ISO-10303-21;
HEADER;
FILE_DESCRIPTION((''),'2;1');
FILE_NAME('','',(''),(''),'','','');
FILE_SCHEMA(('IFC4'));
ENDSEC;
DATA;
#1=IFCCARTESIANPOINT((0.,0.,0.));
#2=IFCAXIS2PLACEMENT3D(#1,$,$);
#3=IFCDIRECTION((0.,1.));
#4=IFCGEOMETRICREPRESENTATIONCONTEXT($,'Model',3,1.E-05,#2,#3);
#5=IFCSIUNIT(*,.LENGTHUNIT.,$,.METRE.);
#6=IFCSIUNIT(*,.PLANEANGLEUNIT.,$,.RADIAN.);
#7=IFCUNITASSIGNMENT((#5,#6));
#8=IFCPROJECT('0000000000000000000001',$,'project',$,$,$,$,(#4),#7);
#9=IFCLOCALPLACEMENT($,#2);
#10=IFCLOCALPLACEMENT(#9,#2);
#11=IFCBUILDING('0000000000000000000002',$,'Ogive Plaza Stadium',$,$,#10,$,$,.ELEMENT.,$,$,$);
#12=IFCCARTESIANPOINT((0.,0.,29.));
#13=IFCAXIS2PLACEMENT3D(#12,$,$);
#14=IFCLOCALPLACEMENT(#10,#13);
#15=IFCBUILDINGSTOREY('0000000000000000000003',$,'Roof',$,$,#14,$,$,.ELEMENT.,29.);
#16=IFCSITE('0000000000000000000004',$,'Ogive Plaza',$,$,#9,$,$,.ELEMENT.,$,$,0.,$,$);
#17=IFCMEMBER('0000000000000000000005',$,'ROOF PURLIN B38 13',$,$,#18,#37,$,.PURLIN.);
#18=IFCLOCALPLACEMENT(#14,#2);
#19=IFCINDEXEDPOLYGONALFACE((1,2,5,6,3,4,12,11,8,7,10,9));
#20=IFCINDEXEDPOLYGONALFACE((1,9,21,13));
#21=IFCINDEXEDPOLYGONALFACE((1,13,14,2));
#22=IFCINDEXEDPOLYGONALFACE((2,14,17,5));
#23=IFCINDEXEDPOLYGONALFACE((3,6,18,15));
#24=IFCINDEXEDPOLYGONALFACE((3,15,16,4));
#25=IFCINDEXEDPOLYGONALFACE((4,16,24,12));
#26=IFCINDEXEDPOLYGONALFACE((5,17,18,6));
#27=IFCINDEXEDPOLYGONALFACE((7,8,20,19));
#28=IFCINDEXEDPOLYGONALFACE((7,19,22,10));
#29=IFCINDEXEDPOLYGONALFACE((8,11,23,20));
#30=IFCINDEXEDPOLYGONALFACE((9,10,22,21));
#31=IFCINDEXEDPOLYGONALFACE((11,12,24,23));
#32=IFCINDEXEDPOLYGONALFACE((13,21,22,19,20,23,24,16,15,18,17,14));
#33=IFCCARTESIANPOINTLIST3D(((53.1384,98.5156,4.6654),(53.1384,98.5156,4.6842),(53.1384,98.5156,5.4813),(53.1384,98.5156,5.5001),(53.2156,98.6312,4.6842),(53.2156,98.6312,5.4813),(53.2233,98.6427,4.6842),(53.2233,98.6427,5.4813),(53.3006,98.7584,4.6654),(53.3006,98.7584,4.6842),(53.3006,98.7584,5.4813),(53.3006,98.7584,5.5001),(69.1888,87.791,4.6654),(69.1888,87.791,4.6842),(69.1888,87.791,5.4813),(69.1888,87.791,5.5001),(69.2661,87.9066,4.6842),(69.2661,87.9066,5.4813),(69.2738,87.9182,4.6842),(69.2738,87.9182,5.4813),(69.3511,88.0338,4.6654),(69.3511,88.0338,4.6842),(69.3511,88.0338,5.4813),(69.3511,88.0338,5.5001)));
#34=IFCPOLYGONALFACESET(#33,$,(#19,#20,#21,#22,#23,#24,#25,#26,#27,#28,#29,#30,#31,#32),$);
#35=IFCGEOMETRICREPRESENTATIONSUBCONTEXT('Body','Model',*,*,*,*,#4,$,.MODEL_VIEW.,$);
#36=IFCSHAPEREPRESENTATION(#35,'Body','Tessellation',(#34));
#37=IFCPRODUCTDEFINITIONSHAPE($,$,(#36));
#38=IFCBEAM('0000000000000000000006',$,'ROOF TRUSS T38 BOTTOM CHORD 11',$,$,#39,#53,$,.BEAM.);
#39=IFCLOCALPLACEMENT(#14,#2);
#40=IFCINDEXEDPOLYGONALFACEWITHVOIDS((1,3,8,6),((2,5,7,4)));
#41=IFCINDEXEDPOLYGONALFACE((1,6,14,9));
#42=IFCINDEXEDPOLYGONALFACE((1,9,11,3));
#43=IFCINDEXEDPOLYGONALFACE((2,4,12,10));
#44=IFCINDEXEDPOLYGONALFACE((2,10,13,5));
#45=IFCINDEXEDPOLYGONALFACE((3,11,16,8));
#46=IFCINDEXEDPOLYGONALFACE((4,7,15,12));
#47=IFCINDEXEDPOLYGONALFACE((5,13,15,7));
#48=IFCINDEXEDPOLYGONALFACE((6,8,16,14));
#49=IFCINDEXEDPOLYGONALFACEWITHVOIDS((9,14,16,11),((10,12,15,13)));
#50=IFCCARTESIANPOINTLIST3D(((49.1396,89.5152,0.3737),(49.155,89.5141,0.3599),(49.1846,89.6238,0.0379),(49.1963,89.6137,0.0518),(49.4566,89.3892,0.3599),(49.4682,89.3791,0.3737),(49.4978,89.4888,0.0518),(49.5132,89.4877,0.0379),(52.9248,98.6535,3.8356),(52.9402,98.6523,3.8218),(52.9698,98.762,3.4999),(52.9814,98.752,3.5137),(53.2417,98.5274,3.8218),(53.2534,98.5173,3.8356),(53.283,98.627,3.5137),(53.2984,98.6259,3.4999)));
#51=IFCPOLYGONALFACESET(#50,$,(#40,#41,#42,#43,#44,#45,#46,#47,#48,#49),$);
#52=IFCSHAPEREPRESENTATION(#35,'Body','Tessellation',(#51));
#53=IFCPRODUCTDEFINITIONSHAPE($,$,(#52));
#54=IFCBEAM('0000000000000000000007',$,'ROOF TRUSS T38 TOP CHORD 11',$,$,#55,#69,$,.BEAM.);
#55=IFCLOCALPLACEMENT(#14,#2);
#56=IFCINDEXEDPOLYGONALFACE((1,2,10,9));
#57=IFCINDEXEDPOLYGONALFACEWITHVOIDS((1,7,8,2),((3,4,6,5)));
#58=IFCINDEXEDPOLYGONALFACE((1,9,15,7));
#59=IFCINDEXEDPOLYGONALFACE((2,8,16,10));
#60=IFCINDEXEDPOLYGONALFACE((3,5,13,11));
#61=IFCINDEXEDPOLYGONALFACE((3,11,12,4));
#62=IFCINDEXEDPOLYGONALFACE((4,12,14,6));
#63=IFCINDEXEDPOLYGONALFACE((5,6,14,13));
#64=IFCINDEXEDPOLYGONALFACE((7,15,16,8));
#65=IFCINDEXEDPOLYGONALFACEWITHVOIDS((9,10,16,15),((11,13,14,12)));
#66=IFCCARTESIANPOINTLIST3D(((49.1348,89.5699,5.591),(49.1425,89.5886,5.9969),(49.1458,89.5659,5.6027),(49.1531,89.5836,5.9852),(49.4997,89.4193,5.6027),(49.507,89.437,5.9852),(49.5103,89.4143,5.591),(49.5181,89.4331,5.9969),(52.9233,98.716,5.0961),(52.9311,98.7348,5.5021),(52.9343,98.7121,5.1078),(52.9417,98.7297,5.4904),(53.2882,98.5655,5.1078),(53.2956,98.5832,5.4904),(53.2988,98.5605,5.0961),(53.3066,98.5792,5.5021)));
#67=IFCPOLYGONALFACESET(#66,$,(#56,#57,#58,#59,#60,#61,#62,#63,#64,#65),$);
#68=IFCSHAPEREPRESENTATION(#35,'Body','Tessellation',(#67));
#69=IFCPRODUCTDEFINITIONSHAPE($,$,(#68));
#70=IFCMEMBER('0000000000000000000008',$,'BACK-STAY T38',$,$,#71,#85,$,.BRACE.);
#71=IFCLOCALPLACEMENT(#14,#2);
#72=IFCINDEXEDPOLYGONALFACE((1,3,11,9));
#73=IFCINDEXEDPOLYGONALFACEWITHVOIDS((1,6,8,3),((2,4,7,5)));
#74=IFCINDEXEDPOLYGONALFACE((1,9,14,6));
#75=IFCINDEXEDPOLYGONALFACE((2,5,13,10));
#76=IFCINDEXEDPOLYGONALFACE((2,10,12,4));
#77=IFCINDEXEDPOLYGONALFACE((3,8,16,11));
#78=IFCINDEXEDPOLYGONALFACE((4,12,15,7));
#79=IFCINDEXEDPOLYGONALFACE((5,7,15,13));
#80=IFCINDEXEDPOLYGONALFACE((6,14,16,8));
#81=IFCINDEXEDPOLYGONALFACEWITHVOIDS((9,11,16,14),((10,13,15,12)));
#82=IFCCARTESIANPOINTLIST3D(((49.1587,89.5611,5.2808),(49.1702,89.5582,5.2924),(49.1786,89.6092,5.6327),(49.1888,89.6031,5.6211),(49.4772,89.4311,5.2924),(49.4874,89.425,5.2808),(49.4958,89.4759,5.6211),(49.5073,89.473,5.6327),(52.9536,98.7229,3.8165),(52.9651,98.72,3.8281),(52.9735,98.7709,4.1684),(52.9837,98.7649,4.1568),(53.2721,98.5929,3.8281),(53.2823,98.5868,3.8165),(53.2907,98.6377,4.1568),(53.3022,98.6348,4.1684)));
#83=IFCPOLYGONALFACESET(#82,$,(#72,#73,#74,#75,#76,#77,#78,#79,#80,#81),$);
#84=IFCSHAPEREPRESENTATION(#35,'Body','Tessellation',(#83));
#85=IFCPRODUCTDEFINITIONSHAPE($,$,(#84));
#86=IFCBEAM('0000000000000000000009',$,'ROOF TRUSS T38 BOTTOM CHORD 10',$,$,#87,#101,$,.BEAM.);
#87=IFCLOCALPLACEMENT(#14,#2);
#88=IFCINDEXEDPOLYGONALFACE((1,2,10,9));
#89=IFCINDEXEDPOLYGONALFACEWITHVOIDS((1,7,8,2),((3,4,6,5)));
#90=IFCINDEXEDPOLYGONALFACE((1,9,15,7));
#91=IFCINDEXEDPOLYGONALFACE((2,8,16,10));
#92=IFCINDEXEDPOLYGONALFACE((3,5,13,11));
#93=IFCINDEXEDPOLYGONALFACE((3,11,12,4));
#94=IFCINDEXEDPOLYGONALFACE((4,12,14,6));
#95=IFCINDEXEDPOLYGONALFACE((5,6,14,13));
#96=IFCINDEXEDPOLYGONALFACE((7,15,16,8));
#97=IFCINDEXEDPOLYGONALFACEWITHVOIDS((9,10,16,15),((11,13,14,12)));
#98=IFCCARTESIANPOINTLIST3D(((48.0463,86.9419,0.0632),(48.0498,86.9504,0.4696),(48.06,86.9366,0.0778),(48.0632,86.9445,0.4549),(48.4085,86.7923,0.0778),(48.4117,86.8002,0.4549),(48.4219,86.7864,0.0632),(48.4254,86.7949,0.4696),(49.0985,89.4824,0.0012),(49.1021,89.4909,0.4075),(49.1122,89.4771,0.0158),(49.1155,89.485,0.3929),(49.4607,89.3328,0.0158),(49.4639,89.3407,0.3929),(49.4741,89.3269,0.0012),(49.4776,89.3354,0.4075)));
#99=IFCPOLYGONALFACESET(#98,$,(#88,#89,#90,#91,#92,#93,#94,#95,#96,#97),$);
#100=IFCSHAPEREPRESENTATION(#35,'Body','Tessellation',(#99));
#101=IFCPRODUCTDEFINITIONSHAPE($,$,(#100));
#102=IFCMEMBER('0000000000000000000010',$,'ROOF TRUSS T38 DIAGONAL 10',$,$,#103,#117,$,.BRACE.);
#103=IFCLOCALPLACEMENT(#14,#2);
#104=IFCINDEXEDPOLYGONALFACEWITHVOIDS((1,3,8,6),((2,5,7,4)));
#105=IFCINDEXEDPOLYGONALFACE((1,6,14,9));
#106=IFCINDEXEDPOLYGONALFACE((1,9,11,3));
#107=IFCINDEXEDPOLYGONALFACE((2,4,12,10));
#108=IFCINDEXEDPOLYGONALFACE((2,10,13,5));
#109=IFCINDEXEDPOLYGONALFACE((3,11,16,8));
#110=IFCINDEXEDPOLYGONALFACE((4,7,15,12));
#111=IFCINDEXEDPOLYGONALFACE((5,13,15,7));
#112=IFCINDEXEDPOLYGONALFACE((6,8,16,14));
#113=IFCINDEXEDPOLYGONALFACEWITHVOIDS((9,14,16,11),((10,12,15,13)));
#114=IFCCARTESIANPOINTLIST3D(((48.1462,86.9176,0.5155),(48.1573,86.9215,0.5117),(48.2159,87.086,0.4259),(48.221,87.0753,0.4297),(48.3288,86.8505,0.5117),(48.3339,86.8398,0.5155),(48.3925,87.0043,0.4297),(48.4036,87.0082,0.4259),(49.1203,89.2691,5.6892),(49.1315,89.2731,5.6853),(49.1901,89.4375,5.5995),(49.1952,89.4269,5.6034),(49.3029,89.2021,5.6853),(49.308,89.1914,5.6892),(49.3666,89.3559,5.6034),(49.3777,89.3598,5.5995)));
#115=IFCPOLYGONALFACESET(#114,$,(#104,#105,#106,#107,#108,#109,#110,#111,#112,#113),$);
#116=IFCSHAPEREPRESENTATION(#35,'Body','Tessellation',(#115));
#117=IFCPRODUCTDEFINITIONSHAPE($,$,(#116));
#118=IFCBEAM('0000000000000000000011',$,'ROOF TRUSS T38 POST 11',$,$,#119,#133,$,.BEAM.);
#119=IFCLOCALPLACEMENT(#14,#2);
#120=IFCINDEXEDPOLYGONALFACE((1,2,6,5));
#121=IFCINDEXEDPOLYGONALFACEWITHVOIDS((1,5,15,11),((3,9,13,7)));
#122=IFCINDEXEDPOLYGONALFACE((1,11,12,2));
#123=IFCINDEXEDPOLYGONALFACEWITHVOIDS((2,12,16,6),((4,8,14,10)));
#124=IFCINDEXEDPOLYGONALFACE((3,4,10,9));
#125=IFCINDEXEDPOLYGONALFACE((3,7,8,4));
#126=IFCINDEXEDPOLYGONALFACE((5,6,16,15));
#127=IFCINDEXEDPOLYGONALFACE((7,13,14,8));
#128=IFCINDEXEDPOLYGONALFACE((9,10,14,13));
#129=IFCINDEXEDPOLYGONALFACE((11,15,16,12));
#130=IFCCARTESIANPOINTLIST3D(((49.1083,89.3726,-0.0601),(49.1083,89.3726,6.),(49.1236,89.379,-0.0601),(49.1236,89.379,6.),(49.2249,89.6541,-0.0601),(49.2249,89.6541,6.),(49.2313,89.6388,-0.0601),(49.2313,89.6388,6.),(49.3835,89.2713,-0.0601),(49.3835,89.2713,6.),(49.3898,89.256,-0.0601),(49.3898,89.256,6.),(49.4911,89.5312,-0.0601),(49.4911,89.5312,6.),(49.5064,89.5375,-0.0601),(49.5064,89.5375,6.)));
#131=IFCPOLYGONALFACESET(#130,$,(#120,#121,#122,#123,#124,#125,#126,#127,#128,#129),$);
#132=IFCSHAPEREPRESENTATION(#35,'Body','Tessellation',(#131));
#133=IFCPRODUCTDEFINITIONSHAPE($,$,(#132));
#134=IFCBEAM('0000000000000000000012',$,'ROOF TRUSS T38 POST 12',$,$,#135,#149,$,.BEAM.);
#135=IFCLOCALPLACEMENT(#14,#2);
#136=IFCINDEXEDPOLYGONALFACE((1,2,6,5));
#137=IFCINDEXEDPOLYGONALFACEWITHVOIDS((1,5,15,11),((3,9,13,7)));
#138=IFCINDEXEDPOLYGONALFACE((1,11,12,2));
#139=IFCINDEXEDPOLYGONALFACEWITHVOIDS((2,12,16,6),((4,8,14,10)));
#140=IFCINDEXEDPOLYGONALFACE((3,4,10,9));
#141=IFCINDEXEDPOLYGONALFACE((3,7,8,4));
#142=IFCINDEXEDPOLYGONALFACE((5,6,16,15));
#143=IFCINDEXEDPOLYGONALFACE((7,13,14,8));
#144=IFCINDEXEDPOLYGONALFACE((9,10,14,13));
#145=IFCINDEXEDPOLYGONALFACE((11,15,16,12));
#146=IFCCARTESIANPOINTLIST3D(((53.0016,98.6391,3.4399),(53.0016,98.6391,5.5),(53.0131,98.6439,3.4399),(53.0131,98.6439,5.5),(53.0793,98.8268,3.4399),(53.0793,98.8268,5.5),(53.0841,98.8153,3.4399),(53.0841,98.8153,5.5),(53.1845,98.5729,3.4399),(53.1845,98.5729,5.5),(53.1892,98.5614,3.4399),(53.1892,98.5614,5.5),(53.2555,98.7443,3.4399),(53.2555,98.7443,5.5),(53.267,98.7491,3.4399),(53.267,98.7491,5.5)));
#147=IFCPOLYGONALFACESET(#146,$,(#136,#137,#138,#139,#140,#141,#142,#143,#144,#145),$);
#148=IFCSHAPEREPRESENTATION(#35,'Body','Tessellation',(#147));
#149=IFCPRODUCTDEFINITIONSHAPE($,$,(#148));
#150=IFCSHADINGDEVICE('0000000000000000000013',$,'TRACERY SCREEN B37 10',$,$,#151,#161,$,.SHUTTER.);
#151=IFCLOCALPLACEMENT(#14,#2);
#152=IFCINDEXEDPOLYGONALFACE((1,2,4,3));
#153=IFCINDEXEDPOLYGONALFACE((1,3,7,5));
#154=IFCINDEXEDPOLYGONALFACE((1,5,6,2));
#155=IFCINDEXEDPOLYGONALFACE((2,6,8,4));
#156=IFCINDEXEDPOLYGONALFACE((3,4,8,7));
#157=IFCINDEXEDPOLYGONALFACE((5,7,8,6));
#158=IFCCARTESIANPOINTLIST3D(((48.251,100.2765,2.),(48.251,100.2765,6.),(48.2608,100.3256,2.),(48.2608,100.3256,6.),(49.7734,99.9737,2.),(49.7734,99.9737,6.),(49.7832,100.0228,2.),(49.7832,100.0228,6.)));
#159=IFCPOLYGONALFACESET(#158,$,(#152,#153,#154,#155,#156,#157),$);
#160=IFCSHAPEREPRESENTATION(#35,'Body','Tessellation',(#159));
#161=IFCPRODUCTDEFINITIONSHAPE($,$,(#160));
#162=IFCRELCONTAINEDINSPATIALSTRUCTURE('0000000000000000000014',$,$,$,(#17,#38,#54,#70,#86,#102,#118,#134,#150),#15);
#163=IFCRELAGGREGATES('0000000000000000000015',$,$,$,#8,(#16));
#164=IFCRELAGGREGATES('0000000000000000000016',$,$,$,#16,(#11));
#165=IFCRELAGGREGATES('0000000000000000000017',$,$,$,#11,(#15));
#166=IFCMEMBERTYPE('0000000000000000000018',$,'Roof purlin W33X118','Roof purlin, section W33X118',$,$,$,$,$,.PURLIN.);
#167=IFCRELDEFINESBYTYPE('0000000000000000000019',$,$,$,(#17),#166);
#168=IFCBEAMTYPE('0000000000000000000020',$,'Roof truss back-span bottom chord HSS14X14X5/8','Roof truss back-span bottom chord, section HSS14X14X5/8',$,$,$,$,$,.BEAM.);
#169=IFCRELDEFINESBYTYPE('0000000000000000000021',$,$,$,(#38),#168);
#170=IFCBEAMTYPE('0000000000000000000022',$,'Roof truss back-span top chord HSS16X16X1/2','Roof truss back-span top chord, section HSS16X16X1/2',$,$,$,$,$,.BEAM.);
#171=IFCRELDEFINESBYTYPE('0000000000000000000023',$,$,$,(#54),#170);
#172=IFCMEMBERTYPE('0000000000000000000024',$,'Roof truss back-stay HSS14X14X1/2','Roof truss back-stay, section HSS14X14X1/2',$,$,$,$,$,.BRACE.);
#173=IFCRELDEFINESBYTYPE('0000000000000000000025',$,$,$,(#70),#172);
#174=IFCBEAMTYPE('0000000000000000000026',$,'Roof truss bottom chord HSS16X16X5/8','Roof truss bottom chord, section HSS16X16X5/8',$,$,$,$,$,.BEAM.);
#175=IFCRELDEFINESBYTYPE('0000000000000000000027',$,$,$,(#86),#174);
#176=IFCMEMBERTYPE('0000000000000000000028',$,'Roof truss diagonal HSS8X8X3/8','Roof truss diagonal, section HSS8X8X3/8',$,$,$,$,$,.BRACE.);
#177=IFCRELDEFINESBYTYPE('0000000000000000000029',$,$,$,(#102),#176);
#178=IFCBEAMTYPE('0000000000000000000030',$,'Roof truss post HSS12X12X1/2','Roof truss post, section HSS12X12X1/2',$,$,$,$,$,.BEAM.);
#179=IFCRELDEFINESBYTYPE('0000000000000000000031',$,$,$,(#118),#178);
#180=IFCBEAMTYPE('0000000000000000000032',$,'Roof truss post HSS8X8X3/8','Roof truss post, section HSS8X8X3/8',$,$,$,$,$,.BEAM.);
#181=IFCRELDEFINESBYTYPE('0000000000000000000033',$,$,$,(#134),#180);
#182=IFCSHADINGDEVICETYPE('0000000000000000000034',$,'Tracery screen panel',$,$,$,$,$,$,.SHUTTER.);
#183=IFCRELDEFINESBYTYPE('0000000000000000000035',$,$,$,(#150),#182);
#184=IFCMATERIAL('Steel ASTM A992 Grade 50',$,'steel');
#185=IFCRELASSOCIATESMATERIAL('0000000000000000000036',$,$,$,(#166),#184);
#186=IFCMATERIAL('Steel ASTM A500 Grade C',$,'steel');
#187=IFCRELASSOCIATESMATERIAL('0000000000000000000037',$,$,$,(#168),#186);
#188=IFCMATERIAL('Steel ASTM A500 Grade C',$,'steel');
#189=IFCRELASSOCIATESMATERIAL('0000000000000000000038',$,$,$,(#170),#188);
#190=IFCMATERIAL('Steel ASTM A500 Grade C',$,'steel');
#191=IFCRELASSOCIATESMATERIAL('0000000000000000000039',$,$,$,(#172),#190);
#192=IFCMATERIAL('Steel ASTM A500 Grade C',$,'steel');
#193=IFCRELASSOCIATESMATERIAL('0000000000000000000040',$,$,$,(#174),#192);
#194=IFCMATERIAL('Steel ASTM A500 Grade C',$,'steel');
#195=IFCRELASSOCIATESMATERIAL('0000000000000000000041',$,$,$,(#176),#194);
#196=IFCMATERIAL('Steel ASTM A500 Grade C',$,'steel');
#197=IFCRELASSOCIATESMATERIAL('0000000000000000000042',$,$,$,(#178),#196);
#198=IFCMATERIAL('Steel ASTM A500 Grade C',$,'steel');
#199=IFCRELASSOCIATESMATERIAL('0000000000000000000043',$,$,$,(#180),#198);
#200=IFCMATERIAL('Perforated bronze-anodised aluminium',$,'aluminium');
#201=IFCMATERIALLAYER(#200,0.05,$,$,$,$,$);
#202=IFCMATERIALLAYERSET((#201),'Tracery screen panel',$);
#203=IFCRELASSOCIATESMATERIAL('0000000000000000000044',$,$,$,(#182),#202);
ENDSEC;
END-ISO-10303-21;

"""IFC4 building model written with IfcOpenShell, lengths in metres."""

from ifc_helpers import new_model, si_unit, direction, frame, origin, origin_2d, place, context, subcontext, project, spatial, rectangle, hollow_rectangle, i_section, extrude, material, layer, layer_set, material_profile, profile_set, type_object, element, save


model = new_model("IFC4")

# Units and contexts
model_context = context("Model", 3, precision=1e-05, world=origin(), true_north=direction((0.0, 1.0)))
body_context = subcontext(model_context, "Body", "Model", "MODEL_VIEW")
ifc_project = project(units=[si_unit("LENGTHUNIT", "METRE"), si_unit("PLANEANGLEUNIT", "RADIAN")], contexts=[model_context])

# Site, building, storey
site_placement = place(None, origin())
site = spatial("IfcSite", under=ifc_project, at=site_placement, Name="Ogive Plaza", CompositionType="ELEMENT", RefElevation=0.0)
building_placement = place(site_placement, origin())
building = spatial("IfcBuilding", under=site, at=building_placement, Name="Ogive Plaza Stadium", CompositionType="ELEMENT")
storey_placement = place(building_placement, frame((0.0, 0.0, 29.0)))
storey = spatial("IfcBuildingStorey", under=building, at=storey_placement, Name="Roof", CompositionType="ELEMENT", Elevation=29.0)

# Member
ifc_material_1 = material(Name="Steel ASTM A992 Grade 50", Category="steel")
ifc_material_profile_1 = material_profile(ifc_material_1, i_section(OverallWidth=0.292, OverallDepth=0.8347, WebThickness=0.0139, FlangeThickness=0.0188, at=origin_2d()), Name="W33X118")
ifc_profile_set_1 = profile_set([ifc_material_profile_1], Name="Steel ASTM A992 Grade 50")
member_type_1 = type_object("IfcMemberType", Name="Roof purlin W33X118", Description="Roof purlin, section W33X118", PredefinedType="PURLIN", material=ifc_profile_set_1)
member_1_placement = place(storey_placement, frame((53.2195, 98.637, 5.0828), z_axis=(0.83147, -0.55557, 0.0), x_axis=(0.55557, 0.83147, 0.0)))
element("IfcMember", 1, at=member_1_placement, inside=storey, type_object=member_type_1, Name="ROOF PURLIN B38 13", PredefinedType="PURLIN", context=body_context, shape_type="SweptSolid", body=[
    extrude(i_section(OverallWidth=0.292, OverallDepth=0.8347, WebThickness=0.0139, FlangeThickness=0.0188, at=origin_2d()), origin(), (0.0, 0.0, 1.0), 19.3037),
])

# Beams
ifc_material_2 = material(Name="Steel ASTM A500 Grade C", Category="steel")
ifc_material_profile_2 = material_profile(ifc_material_2, hollow_rectangle(XDim=0.3557, YDim=0.3557, WallThickness=0.0146, at=origin_2d()), Name="HSS14X14X5/8")
ifc_profile_set_2 = profile_set([ifc_material_profile_2], Name="Steel ASTM A500 Grade C")
beam_type_1 = type_object("IfcBeamType", Name="Roof truss back-span bottom chord HSS14X14X5/8", Description="Roof truss back-span bottom chord, section HSS14X14X5/8", PredefinedType="BEAM", material=ifc_profile_set_2)
beam_1_placement = place(storey_placement, frame((49.3264, 89.5015, 0.2058), z_axis=(0.361198, 0.872011, 0.330353), x_axis=(-0.92388, 0.382683, 0.0)))
element("IfcBeam", 2, at=beam_1_placement, inside=storey, type_object=beam_type_1, Name="ROOF TRUSS T38 BOTTOM CHORD 11", PredefinedType="BEAM", context=body_context, shape_type="SweptSolid", body=[
    extrude(hollow_rectangle(XDim=0.3557, YDim=0.3557, WallThickness=0.0146, at=origin_2d()), origin(), (0.0, 0.0, 1.0), 10.4795),
])
ifc_material_3 = material(Name="Steel ASTM A500 Grade C", Category="steel")
ifc_material_profile_3 = material_profile(ifc_material_3, hollow_rectangle(XDim=0.4065, YDim=0.4065, WallThickness=0.0117, at=origin_2d()), Name="HSS16X16X1/2")
ifc_profile_set_3 = profile_set([ifc_material_profile_3], Name="Steel ASTM A500 Grade C")
beam_type_2 = type_object("IfcBeamType", Name="Roof truss back-span top chord HSS16X16X1/2", Description="Roof truss back-span top chord, section HSS16X16X1/2", PredefinedType="BEAM", material=ifc_profile_set_3)
beam_2_placement = place(storey_placement, frame((49.3264, 89.5015, 5.7939), z_axis=(0.382213, 0.922725, -0.049926), x_axis=(-0.923877, 0.38269, 0.0)))
element("IfcBeam", 3, at=beam_2_placement, inside=storey, type_object=beam_type_2, Name="ROOF TRUSS T38 TOP CHORD 11", PredefinedType="BEAM", context=body_context, shape_type="SweptSolid", body=[
    extrude(hollow_rectangle(XDim=0.4065, YDim=0.4065, WallThickness=0.0117, at=origin_2d()), origin(), (0.0, 0.0, 1.0), 9.9121),
])

# Member
ifc_material_4 = material(Name="Steel ASTM A500 Grade C", Category="steel")
ifc_material_profile_4 = material_profile(ifc_material_4, hollow_rectangle(XDim=0.3557, YDim=0.3557, WallThickness=0.0117, at=origin_2d()), Name="HSS14X14X1/2")
ifc_profile_set_4 = profile_set([ifc_material_profile_4], Name="Steel ASTM A500 Grade C")
member_type_2 = type_object("IfcMemberType", Name="Roof truss back-stay HSS14X14X1/2", Description="Roof truss back-stay, section HSS14X14X1/2", PredefinedType="BRACE", material=ifc_profile_set_4)
member_2_placement = place(storey_placement, frame((49.333, 89.5171, 5.4568), z_axis=(0.378574, 0.91397, -0.146081), x_axis=(-0.923881, 0.382679, 0.0)))
element("IfcMember", 4, at=member_2_placement, inside=storey, type_object=member_type_2, Name="BACK-STAY T38", PredefinedType="BRACE", context=body_context, shape_type="SweptSolid", body=[
    extrude(hollow_rectangle(XDim=0.3557, YDim=0.3557, WallThickness=0.0117, at=origin_2d()), origin(), (0.0, 0.0, 1.0), 10.0242),
])

# Beam
ifc_material_5 = material(Name="Steel ASTM A500 Grade C", Category="steel")
ifc_material_profile_5 = material_profile(ifc_material_5, hollow_rectangle(XDim=0.4065, YDim=0.4065, WallThickness=0.0146, at=origin_2d()), Name="HSS16X16X5/8")
ifc_profile_set_5 = profile_set([ifc_material_profile_5], Name="Steel ASTM A500 Grade C")
beam_type_3 = type_object("IfcBeamType", Name="Roof truss bottom chord HSS16X16X5/8", Description="Roof truss bottom chord, section HSS16X16X5/8", PredefinedType="BEAM", material=ifc_profile_set_5)
beam_3_placement = place(storey_placement, frame((48.2358, 86.8684, 0.2664), z_axis=(0.382563, 0.923654, -0.022545), x_axis=(-0.923889, 0.38266, 0.0)))
element("IfcBeam", 5, at=beam_3_placement, inside=storey, type_object=beam_type_3, Name="ROOF TRUSS T38 BOTTOM CHORD 10", PredefinedType="BEAM", context=body_context, shape_type="SweptSolid", body=[
    extrude(hollow_rectangle(XDim=0.4065, YDim=0.4065, WallThickness=0.0146, at=origin_2d()), origin(), (0.0, 0.0, 1.0), 2.7505),
])

# Member
ifc_material_6 = material(Name="Steel ASTM A500 Grade C", Category="steel")
ifc_material_profile_6 = material_profile(ifc_material_6, hollow_rectangle(XDim=0.2031, YDim=0.2031, WallThickness=0.0088, at=origin_2d()), Name="HSS8X8X3/8")
ifc_profile_set_6 = profile_set([ifc_material_profile_6], Name="Steel ASTM A500 Grade C")
member_type_3 = type_object("IfcMemberType", Name="Roof truss diagonal HSS8X8X3/8", Description="Roof truss diagonal, section HSS8X8X3/8", PredefinedType="BRACE", material=ifc_profile_set_6)
member_3_placement = place(storey_placement, frame((48.2749, 86.9629, 0.4707), z_axis=(0.168947, 0.407845, 0.897284), x_axis=(-0.92387, 0.382708, 0.0)))
element("IfcMember", 6, at=member_3_placement, inside=storey, type_object=member_type_3, Name="ROOF TRUSS T38 DIAGONAL 10", PredefinedType="BRACE", context=body_context, shape_type="SweptSolid", body=[
    extrude(hollow_rectangle(XDim=0.2031, YDim=0.2031, WallThickness=0.0088, at=origin_2d()), origin(), (0.0, 0.0, 1.0), 5.7659),
])

# Beams
ifc_material_7 = material(Name="Steel ASTM A500 Grade C", Category="steel")
ifc_material_profile_7 = material_profile(ifc_material_7, hollow_rectangle(XDim=0.3047, YDim=0.3047, WallThickness=0.0117, at=origin_2d()), Name="HSS12X12X1/2")
ifc_profile_set_7 = profile_set([ifc_material_profile_7], Name="Steel ASTM A500 Grade C")
beam_type_4 = type_object("IfcBeamType", Name="Roof truss post HSS12X12X1/2", Description="Roof truss post, section HSS12X12X1/2", PredefinedType="BEAM", material=ifc_profile_set_7)
beam_4_placement = place(storey_placement, frame((49.3074, 89.4551, -0.0601), z_axis=(0.0, 0.0, 1.0), x_axis=(-0.92388, 0.382683, 0.0)))
element("IfcBeam", 7, at=beam_4_placement, inside=storey, type_object=beam_type_4, Name="ROOF TRUSS T38 POST 11", PredefinedType="BEAM", context=body_context, shape_type="SweptSolid", body=[
    extrude(hollow_rectangle(XDim=0.3047, YDim=0.3047, WallThickness=0.0117, at=origin_2d()), origin(), (0.0, 0.0, 1.0), 6.0601),
])
ifc_material_8 = material(Name="Steel ASTM A500 Grade C", Category="steel")
ifc_material_profile_8 = material_profile(ifc_material_8, hollow_rectangle(XDim=0.2031, YDim=0.2031, WallThickness=0.0088, at=origin_2d()), Name="HSS8X8X3/8")
ifc_profile_set_8 = profile_set([ifc_material_profile_8], Name="Steel ASTM A500 Grade C")
beam_type_5 = type_object("IfcBeamType", Name="Roof truss post HSS8X8X3/8", Description="Roof truss post, section HSS8X8X3/8", PredefinedType="BEAM", material=ifc_profile_set_8)
beam_5_placement = place(storey_placement, frame((53.1343, 98.6941, 3.4399), z_axis=(0.0, 0.0, 1.0), x_axis=(-0.92388, 0.382683, 0.0)))
element("IfcBeam", 8, at=beam_5_placement, inside=storey, type_object=beam_type_5, Name="ROOF TRUSS T38 POST 12", PredefinedType="BEAM", context=body_context, shape_type="SweptSolid", body=[
    extrude(hollow_rectangle(XDim=0.2031, YDim=0.2031, WallThickness=0.0088, at=origin_2d()), origin(), (0.0, 0.0, 1.0), 2.0601),
])

# Shading device
ifc_material_9 = material(Name="Perforated bronze-anodised aluminium", Category="aluminium")
ifc_layer_1 = layer(ifc_material_9, 0.05)
ifc_layer_set_1 = layer_set([ifc_layer_1], Name="Tracery screen panel")
shading_device_type = type_object("IfcShadingDeviceType", Name="Tracery screen panel", PredefinedType="SHUTTER", material=ifc_layer_set_1)
for number, where, z_axis, x_axis, name in (
    (9, (49.0171, 100.1497, 2.0), (0.0, 0.0, 1.0), (0.980785, -0.19509, 0.0), "TRACERY SCREEN B37 10"),
):
    element("IfcShadingDevice", number, at=place(storey_placement, frame(where, z_axis=z_axis, x_axis=x_axis)), inside=storey, type_object=shading_device_type, Name=name, PredefinedType="SHUTTER", context=body_context, shape_type="SweptSolid", body=[
        extrude(rectangle(XDim=1.5522, YDim=0.05, at=origin_2d()), origin(), (0.0, 0.0, 1.0), 4.0),
    ])

save(model, "model.ifc")
